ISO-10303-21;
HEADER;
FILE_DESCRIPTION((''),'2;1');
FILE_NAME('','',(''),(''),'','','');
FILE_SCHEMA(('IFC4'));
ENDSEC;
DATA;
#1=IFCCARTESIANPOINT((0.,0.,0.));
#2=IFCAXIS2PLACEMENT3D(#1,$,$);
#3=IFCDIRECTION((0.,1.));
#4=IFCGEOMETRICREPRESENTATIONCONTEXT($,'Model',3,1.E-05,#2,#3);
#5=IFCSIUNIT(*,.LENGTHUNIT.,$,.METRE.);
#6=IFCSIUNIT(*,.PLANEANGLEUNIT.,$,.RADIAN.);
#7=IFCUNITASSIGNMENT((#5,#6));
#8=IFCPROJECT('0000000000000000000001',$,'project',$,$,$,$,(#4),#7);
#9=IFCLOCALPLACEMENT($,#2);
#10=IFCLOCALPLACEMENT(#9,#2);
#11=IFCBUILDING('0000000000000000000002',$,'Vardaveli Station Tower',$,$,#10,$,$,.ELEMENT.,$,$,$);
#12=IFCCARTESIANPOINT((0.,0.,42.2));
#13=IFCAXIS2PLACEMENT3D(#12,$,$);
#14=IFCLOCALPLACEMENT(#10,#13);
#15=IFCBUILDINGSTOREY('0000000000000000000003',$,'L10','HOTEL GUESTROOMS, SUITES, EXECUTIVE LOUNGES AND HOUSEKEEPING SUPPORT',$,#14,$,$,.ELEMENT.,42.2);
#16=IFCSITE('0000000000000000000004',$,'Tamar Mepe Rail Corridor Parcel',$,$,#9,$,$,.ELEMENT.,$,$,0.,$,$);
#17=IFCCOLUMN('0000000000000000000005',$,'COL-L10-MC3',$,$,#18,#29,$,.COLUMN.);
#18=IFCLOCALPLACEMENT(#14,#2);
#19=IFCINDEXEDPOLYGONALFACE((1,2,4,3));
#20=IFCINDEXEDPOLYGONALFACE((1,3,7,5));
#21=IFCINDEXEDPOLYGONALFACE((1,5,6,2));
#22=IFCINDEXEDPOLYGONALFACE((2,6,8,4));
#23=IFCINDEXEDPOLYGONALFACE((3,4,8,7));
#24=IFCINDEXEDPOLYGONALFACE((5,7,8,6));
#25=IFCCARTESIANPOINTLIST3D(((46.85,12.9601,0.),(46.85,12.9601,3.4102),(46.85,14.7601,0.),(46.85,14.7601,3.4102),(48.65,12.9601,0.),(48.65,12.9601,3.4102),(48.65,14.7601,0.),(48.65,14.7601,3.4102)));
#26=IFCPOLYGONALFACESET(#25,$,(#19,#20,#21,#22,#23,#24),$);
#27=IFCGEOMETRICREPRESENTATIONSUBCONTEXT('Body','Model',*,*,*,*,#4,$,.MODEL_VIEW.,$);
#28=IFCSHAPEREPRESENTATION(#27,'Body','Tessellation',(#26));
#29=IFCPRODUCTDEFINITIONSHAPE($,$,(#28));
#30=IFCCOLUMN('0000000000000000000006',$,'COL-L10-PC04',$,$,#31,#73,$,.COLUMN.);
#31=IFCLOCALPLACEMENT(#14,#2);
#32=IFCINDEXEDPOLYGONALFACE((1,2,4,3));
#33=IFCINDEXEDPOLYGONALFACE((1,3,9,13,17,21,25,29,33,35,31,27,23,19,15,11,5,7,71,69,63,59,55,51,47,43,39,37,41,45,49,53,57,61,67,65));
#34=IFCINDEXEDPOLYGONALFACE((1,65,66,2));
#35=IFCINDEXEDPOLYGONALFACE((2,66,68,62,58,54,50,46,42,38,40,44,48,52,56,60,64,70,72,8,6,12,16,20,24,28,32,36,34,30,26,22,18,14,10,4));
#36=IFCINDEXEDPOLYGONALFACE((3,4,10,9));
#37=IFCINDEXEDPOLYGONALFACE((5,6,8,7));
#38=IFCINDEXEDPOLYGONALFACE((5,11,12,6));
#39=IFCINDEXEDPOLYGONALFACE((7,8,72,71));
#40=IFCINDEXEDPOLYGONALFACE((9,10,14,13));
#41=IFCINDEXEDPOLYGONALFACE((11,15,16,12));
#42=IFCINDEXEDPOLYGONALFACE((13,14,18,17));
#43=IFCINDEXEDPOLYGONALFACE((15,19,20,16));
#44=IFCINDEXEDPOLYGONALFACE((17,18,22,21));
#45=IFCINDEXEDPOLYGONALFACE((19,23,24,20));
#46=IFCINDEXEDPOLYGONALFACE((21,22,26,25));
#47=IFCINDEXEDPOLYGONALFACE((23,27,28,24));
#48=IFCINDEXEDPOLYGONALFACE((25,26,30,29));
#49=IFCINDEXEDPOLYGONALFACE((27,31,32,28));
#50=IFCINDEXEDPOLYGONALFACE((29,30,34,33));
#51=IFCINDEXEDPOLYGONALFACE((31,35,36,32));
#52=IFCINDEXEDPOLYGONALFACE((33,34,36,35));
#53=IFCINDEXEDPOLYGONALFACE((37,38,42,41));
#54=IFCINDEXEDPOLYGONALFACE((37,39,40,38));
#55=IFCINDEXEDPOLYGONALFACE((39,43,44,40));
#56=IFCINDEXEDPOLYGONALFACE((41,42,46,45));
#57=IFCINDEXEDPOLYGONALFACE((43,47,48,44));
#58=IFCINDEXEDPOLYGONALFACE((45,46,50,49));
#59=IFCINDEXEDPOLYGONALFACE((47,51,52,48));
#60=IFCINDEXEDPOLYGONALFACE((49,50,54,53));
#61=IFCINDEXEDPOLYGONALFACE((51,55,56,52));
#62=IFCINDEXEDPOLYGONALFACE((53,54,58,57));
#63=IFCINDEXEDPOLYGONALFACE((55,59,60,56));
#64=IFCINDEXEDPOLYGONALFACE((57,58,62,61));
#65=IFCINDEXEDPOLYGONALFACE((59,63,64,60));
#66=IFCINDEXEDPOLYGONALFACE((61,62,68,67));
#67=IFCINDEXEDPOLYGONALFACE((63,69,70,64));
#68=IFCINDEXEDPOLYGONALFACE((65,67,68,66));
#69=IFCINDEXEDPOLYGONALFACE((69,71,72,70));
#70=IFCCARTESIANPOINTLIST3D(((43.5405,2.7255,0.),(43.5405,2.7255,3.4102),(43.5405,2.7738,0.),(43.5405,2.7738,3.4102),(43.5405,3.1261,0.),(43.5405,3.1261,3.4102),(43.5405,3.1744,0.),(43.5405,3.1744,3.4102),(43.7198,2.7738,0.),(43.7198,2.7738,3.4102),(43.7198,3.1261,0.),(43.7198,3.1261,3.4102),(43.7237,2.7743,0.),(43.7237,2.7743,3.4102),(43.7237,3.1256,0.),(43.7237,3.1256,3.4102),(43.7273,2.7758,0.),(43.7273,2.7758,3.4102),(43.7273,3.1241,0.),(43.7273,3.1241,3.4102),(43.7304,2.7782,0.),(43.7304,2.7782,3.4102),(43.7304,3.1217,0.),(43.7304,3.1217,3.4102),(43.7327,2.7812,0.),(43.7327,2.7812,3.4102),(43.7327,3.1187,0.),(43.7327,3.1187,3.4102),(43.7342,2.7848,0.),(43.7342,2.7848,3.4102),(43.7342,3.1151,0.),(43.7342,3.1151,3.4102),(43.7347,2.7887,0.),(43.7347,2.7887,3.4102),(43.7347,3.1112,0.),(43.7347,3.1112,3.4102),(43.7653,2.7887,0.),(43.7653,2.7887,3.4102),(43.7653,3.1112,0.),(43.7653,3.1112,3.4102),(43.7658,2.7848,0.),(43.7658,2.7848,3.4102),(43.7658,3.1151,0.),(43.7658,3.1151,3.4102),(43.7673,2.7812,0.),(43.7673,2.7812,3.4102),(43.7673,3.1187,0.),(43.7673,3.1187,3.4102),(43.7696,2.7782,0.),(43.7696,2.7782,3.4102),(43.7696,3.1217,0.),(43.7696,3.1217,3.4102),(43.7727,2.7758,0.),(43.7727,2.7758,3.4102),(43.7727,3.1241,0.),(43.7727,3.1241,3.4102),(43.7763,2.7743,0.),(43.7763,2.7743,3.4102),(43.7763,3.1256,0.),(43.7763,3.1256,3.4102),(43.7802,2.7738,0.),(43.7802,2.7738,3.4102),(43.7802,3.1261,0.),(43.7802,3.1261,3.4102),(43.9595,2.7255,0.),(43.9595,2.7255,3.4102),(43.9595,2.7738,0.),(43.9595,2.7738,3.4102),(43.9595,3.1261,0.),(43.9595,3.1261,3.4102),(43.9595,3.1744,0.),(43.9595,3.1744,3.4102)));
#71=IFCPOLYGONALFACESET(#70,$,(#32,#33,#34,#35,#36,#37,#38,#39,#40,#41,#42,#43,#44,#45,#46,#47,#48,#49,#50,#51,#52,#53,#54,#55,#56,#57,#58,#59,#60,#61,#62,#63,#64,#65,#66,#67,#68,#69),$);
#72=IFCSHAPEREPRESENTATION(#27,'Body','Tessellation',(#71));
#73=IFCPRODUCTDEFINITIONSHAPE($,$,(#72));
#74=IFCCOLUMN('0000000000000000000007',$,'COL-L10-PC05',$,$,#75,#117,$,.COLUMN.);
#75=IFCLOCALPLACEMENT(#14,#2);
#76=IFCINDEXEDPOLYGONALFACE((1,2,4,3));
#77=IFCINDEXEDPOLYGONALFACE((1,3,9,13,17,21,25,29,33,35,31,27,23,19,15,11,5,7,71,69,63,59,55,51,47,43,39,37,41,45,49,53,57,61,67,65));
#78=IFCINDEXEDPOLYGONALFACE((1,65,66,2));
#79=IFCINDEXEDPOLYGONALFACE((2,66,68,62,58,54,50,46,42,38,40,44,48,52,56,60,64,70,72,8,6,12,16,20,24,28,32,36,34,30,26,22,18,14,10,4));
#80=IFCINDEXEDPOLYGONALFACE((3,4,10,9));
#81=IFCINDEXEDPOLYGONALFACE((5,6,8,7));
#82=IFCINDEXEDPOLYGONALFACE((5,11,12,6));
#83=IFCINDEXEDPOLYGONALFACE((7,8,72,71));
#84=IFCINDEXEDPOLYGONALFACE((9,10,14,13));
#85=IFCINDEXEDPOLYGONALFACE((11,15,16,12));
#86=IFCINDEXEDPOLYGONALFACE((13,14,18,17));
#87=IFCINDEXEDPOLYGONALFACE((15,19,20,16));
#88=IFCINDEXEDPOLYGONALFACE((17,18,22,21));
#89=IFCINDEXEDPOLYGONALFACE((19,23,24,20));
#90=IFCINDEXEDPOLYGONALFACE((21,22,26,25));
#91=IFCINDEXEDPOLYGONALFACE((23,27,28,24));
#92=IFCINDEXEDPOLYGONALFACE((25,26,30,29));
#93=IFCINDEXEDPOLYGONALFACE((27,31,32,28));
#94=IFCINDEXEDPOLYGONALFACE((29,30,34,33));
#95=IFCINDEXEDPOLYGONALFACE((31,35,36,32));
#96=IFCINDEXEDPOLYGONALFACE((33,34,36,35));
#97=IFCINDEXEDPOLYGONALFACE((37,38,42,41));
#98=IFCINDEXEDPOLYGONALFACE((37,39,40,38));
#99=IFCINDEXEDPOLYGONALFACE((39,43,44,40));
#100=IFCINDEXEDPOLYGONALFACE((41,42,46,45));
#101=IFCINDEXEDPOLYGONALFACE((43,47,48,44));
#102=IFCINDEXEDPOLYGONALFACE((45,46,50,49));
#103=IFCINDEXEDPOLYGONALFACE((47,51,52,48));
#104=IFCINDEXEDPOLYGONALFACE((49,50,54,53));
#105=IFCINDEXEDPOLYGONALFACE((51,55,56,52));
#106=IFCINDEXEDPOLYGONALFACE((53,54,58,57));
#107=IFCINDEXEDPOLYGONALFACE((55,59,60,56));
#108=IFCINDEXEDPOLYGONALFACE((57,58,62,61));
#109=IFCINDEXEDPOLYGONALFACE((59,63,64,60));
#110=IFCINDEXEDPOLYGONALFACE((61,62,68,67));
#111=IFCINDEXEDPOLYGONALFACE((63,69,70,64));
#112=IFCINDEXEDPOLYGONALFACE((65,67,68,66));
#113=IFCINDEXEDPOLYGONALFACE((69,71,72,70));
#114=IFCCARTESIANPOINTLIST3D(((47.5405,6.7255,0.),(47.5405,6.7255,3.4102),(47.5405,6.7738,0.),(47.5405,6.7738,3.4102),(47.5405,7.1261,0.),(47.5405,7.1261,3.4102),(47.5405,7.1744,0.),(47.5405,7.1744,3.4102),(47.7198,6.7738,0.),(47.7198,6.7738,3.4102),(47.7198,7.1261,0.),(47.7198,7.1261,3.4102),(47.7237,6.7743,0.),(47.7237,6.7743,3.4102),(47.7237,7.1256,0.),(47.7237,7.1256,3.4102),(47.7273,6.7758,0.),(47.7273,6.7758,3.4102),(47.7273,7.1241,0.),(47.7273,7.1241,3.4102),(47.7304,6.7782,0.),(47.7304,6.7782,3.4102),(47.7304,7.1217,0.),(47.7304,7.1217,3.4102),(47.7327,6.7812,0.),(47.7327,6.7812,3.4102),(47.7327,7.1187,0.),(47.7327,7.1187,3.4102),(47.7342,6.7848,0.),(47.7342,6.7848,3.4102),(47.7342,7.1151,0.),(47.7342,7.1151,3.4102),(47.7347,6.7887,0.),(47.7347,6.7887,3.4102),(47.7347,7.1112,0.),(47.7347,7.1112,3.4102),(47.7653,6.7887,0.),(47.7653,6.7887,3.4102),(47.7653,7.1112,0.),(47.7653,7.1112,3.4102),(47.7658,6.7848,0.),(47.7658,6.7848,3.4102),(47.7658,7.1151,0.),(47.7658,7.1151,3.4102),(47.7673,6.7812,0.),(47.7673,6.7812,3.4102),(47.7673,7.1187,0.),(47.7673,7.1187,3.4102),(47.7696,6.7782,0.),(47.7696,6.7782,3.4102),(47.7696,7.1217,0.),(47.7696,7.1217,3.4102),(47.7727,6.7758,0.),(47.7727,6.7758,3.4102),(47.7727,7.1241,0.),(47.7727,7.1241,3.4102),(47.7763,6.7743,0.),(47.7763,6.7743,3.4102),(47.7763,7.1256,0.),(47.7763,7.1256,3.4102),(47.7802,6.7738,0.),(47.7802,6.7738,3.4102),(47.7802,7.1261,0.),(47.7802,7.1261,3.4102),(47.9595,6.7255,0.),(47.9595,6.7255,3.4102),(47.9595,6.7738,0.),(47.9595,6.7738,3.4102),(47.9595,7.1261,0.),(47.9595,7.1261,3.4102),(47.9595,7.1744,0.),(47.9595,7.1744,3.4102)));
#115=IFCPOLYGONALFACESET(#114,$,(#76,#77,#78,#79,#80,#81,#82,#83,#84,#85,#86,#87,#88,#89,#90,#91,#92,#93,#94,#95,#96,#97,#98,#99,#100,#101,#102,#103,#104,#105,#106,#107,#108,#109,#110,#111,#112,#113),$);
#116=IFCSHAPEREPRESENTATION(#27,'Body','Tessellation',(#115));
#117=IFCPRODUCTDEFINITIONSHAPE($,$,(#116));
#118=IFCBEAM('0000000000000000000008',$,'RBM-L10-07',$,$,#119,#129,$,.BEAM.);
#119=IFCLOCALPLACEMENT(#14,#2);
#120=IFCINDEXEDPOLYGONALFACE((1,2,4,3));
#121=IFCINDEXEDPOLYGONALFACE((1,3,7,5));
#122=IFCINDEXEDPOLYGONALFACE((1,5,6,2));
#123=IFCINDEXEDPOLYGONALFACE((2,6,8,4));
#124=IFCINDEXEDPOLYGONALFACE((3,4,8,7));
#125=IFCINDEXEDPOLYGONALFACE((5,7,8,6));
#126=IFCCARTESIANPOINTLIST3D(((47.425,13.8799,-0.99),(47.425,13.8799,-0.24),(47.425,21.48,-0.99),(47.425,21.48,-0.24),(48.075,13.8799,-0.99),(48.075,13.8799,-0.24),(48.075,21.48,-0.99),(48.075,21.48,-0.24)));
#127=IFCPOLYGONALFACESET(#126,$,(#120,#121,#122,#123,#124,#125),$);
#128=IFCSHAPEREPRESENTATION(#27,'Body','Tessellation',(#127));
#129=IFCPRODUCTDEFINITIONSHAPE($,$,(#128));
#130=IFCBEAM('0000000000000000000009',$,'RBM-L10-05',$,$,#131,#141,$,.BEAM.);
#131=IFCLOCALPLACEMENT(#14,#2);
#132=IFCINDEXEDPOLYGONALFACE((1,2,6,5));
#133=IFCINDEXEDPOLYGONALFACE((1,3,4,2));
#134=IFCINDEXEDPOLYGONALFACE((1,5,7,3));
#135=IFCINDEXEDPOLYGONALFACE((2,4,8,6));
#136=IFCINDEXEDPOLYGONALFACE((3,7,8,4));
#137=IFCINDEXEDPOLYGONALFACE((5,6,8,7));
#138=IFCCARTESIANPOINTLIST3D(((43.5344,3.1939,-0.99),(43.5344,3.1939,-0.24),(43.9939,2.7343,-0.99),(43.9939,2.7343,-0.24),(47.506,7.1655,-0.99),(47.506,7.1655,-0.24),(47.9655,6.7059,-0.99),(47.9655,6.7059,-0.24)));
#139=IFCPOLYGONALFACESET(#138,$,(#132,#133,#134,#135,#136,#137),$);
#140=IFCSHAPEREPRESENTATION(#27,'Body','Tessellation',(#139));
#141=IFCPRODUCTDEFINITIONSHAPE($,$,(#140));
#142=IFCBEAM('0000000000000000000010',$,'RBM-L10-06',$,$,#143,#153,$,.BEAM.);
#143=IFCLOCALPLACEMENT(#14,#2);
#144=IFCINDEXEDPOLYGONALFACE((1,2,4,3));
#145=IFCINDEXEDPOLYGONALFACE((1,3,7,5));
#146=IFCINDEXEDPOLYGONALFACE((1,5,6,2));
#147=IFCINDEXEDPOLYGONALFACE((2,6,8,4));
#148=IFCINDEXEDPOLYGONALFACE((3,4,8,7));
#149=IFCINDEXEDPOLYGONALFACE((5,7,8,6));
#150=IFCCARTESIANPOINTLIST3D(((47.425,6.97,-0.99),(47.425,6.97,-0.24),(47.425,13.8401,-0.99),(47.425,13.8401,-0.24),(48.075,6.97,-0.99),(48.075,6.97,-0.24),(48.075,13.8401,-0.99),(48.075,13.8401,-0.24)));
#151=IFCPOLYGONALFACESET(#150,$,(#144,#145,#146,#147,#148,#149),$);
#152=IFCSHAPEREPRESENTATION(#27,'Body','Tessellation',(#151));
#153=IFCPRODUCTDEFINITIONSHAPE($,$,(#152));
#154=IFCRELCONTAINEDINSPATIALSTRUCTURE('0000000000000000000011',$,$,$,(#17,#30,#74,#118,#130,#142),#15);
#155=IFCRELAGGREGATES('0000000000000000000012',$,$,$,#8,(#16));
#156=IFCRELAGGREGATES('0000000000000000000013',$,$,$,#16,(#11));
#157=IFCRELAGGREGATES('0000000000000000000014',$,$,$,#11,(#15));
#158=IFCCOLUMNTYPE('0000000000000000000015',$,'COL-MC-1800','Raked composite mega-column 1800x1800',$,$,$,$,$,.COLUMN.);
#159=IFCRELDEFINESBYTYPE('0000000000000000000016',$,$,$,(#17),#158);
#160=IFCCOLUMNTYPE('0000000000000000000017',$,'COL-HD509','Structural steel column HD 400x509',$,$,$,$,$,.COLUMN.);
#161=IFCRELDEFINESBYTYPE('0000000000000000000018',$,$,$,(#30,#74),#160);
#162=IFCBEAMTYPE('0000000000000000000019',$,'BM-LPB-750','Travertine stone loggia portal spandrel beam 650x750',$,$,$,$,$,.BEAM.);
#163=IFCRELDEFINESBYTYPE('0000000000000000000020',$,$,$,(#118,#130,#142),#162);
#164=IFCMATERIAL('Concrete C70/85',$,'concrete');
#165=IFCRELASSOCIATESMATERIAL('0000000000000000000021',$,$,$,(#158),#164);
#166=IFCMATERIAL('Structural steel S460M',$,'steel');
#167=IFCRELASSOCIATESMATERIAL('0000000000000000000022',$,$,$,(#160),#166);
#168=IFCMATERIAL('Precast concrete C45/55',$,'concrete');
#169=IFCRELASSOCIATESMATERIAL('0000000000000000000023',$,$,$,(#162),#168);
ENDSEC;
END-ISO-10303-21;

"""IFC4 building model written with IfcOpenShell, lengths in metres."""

from ifc_helpers import new_model, si_unit, direction, frame, origin, origin_2d, place, context, subcontext, project, spatial, rectangle, i_section, extrude, source, transform, mapped, material, material_profile, profile_set, type_object, element, save


model = new_model("IFC4")

# Units and contexts
model_context = context("Model", 3, precision=1e-05, world=origin(), true_north=direction((0.0, 1.0)))
body_context = subcontext(model_context, "Body", "Model", "MODEL_VIEW")
ifc_project = project(units=[si_unit("LENGTHUNIT", "METRE"), si_unit("PLANEANGLEUNIT", "RADIAN")], contexts=[model_context])

# Site, building, storey
site_placement = place(None, origin())
site = spatial("IfcSite", under=ifc_project, at=site_placement, Name="Tamar Mepe Rail Corridor Parcel", CompositionType="ELEMENT", RefElevation=0.0)
building_placement = place(site_placement, origin())
building = spatial("IfcBuilding", under=site, at=building_placement, Name="Vardaveli Station Tower", CompositionType="ELEMENT")
storey_placement = place(building_placement, frame((0.0, 0.0, 42.2)))
storey = spatial("IfcBuildingStorey", under=building, at=storey_placement, Name="L10", Description="HOTEL GUESTROOMS, SUITES, EXECUTIVE LOUNGES AND HOUSEKEEPING SUPPORT", CompositionType="ELEMENT", Elevation=42.2)

# Columns
ifc_material_1 = material(Name="Concrete C70/85", Category="concrete")
ifc_material_profile_1 = material_profile(ifc_material_1, rectangle(XDim=1.8, YDim=1.8, at=origin_2d()), Name="MC 1800x1800")
ifc_profile_set_1 = profile_set([ifc_material_profile_1], Name="Concrete C70/85")
column_type_1 = type_object("IfcColumnType", Name="COL-MC-1800", Description="Raked composite mega-column 1800x1800", PredefinedType="COLUMN", material=ifc_profile_set_1)
shared_shape_1 = source(origin(), body_context, "Body", "SweptSolid", [
    extrude(rectangle(XDim=1.8, YDim=1.8, at=origin_2d()), origin(), (0.0, 0.0, 1.0), 3.4102),
])
column_placement = place(storey_placement, frame((47.75, 13.8601, 0.0), z_axis=(0.0, 0.0, 1.0), x_axis=(1.0, 0.0, 0.0)))
element("IfcColumn", 1, at=column_placement, inside=storey, type_object=column_type_1, Name="COL-L10-MC3", PredefinedType="COLUMN", context=body_context, shape_type="MappedRepresentation", body=[
    mapped(shared_shape_1, transform((0.0, 0.0, 0.0), scale=1.0)),
])
ifc_material_2 = material(Name="Structural steel S460M", Category="steel")
ifc_material_profile_2 = material_profile(ifc_material_2, i_section(OverallWidth=0.4189, OverallDepth=0.449, WebThickness=0.0305, FlangeThickness=0.0483, FilletRadius=0.0149, at=origin_2d()), Name="HD 400x509")
ifc_profile_set_2 = profile_set([ifc_material_profile_2], Name="Structural steel S460M")
column_type_2 = type_object("IfcColumnType", Name="COL-HD509", Description="Structural steel column HD 400x509", PredefinedType="COLUMN", material=ifc_profile_set_2)
shared_shape_2 = source(origin(), body_context, "Body", "SweptSolid", [
    extrude(i_section(OverallWidth=0.4189, OverallDepth=0.449, WebThickness=0.0305, FlangeThickness=0.0483, FilletRadius=0.0149, at=origin_2d()), origin(), (0.0, 0.0, 1.0), 3.4102),
])
for number, where, z_axis, x_axis, name in (
    (2, (43.75, 2.95, 0.0), (0.0, 0.0, 1.0), (1.0, 0.0, 0.0), "COL-L10-PC04"),
    (3, (47.75, 6.95, 0.0), (0.0, 0.0, 1.0), (1.0, 0.0, 0.0), "COL-L10-PC05"),
):
    element("IfcColumn", number, at=place(storey_placement, frame(where, z_axis=z_axis, x_axis=x_axis)), inside=storey, type_object=column_type_2, Name=name, PredefinedType="COLUMN", context=body_context, shape_type="MappedRepresentation", body=[
        mapped(shared_shape_2, transform((0.0, 0.0, 0.0), scale=1.0)),
    ])

# Beams
ifc_material_3 = material(Name="Precast concrete C45/55", Category="concrete")
ifc_material_profile_3 = material_profile(ifc_material_3, rectangle(XDim=0.6499, YDim=0.75, at=origin_2d()), Name="LPB 650x750")
ifc_profile_set_3 = profile_set([ifc_material_profile_3], Name="Precast concrete C45/55")
beam_type_1 = type_object("IfcBeamType", Name="BM-LPB-750", Description="Travertine stone loggia portal spandrel beam 650x750", PredefinedType="BEAM", material=ifc_profile_set_3)
shared_shape_3 = source(origin(), body_context, "Body", "SweptSolid", [
    extrude(rectangle(XDim=0.6499, YDim=0.75, at=origin_2d()), origin(), (0.0, 0.0, 1.0), 7.6001),
])
beam_1_placement = place(storey_placement, frame((47.75, 13.8799, -0.615), z_axis=(0.0, 1.0, 0.0), x_axis=(-1.0, 0.0, 0.0)))
element("IfcBeam", 4, at=beam_1_placement, inside=storey, type_object=beam_type_1, Name="RBM-L10-07", PredefinedType="BEAM", context=body_context, shape_type="MappedRepresentation", body=[
    mapped(shared_shape_3, transform((0.0, 0.0, 0.0), scale=1.0)),
])
shared_shape_4 = source(origin(), body_context, "Body", "SweptSolid", [
    extrude(rectangle(XDim=0.6499, YDim=0.75, at=origin_2d()), origin(), (0.0, 0.0, 1.0), 5.6167),
])
beam_2_placement = place(storey_placement, frame((43.7642, 2.9641, -0.615), z_axis=(0.707107, 0.707107, 0.0), x_axis=(-0.707107, 0.707107, 0.0)))
element("IfcBeam", 5, at=beam_2_placement, inside=storey, type_object=beam_type_1, Name="RBM-L10-05", PredefinedType="BEAM", context=body_context, shape_type="MappedRepresentation", body=[
    mapped(shared_shape_4, transform((0.0, 0.0, 0.0), scale=1.0)),
])
shared_shape_5 = source(origin(), body_context, "Body", "SweptSolid", [
    extrude(rectangle(XDim=0.6499, YDim=0.75, at=origin_2d()), origin(), (0.0, 0.0, 1.0), 6.8701),
])
beam_3_placement = place(storey_placement, frame((47.75, 6.97, -0.615), z_axis=(0.0, 1.0, 0.0), x_axis=(-1.0, 0.0, 0.0)))
element("IfcBeam", 6, at=beam_3_placement, inside=storey, type_object=beam_type_1, Name="RBM-L10-06", PredefinedType="BEAM", context=body_context, shape_type="MappedRepresentation", body=[
    mapped(shared_shape_5, transform((0.0, 0.0, 0.0), scale=1.0)),
])

save(model, "model.ifc")
